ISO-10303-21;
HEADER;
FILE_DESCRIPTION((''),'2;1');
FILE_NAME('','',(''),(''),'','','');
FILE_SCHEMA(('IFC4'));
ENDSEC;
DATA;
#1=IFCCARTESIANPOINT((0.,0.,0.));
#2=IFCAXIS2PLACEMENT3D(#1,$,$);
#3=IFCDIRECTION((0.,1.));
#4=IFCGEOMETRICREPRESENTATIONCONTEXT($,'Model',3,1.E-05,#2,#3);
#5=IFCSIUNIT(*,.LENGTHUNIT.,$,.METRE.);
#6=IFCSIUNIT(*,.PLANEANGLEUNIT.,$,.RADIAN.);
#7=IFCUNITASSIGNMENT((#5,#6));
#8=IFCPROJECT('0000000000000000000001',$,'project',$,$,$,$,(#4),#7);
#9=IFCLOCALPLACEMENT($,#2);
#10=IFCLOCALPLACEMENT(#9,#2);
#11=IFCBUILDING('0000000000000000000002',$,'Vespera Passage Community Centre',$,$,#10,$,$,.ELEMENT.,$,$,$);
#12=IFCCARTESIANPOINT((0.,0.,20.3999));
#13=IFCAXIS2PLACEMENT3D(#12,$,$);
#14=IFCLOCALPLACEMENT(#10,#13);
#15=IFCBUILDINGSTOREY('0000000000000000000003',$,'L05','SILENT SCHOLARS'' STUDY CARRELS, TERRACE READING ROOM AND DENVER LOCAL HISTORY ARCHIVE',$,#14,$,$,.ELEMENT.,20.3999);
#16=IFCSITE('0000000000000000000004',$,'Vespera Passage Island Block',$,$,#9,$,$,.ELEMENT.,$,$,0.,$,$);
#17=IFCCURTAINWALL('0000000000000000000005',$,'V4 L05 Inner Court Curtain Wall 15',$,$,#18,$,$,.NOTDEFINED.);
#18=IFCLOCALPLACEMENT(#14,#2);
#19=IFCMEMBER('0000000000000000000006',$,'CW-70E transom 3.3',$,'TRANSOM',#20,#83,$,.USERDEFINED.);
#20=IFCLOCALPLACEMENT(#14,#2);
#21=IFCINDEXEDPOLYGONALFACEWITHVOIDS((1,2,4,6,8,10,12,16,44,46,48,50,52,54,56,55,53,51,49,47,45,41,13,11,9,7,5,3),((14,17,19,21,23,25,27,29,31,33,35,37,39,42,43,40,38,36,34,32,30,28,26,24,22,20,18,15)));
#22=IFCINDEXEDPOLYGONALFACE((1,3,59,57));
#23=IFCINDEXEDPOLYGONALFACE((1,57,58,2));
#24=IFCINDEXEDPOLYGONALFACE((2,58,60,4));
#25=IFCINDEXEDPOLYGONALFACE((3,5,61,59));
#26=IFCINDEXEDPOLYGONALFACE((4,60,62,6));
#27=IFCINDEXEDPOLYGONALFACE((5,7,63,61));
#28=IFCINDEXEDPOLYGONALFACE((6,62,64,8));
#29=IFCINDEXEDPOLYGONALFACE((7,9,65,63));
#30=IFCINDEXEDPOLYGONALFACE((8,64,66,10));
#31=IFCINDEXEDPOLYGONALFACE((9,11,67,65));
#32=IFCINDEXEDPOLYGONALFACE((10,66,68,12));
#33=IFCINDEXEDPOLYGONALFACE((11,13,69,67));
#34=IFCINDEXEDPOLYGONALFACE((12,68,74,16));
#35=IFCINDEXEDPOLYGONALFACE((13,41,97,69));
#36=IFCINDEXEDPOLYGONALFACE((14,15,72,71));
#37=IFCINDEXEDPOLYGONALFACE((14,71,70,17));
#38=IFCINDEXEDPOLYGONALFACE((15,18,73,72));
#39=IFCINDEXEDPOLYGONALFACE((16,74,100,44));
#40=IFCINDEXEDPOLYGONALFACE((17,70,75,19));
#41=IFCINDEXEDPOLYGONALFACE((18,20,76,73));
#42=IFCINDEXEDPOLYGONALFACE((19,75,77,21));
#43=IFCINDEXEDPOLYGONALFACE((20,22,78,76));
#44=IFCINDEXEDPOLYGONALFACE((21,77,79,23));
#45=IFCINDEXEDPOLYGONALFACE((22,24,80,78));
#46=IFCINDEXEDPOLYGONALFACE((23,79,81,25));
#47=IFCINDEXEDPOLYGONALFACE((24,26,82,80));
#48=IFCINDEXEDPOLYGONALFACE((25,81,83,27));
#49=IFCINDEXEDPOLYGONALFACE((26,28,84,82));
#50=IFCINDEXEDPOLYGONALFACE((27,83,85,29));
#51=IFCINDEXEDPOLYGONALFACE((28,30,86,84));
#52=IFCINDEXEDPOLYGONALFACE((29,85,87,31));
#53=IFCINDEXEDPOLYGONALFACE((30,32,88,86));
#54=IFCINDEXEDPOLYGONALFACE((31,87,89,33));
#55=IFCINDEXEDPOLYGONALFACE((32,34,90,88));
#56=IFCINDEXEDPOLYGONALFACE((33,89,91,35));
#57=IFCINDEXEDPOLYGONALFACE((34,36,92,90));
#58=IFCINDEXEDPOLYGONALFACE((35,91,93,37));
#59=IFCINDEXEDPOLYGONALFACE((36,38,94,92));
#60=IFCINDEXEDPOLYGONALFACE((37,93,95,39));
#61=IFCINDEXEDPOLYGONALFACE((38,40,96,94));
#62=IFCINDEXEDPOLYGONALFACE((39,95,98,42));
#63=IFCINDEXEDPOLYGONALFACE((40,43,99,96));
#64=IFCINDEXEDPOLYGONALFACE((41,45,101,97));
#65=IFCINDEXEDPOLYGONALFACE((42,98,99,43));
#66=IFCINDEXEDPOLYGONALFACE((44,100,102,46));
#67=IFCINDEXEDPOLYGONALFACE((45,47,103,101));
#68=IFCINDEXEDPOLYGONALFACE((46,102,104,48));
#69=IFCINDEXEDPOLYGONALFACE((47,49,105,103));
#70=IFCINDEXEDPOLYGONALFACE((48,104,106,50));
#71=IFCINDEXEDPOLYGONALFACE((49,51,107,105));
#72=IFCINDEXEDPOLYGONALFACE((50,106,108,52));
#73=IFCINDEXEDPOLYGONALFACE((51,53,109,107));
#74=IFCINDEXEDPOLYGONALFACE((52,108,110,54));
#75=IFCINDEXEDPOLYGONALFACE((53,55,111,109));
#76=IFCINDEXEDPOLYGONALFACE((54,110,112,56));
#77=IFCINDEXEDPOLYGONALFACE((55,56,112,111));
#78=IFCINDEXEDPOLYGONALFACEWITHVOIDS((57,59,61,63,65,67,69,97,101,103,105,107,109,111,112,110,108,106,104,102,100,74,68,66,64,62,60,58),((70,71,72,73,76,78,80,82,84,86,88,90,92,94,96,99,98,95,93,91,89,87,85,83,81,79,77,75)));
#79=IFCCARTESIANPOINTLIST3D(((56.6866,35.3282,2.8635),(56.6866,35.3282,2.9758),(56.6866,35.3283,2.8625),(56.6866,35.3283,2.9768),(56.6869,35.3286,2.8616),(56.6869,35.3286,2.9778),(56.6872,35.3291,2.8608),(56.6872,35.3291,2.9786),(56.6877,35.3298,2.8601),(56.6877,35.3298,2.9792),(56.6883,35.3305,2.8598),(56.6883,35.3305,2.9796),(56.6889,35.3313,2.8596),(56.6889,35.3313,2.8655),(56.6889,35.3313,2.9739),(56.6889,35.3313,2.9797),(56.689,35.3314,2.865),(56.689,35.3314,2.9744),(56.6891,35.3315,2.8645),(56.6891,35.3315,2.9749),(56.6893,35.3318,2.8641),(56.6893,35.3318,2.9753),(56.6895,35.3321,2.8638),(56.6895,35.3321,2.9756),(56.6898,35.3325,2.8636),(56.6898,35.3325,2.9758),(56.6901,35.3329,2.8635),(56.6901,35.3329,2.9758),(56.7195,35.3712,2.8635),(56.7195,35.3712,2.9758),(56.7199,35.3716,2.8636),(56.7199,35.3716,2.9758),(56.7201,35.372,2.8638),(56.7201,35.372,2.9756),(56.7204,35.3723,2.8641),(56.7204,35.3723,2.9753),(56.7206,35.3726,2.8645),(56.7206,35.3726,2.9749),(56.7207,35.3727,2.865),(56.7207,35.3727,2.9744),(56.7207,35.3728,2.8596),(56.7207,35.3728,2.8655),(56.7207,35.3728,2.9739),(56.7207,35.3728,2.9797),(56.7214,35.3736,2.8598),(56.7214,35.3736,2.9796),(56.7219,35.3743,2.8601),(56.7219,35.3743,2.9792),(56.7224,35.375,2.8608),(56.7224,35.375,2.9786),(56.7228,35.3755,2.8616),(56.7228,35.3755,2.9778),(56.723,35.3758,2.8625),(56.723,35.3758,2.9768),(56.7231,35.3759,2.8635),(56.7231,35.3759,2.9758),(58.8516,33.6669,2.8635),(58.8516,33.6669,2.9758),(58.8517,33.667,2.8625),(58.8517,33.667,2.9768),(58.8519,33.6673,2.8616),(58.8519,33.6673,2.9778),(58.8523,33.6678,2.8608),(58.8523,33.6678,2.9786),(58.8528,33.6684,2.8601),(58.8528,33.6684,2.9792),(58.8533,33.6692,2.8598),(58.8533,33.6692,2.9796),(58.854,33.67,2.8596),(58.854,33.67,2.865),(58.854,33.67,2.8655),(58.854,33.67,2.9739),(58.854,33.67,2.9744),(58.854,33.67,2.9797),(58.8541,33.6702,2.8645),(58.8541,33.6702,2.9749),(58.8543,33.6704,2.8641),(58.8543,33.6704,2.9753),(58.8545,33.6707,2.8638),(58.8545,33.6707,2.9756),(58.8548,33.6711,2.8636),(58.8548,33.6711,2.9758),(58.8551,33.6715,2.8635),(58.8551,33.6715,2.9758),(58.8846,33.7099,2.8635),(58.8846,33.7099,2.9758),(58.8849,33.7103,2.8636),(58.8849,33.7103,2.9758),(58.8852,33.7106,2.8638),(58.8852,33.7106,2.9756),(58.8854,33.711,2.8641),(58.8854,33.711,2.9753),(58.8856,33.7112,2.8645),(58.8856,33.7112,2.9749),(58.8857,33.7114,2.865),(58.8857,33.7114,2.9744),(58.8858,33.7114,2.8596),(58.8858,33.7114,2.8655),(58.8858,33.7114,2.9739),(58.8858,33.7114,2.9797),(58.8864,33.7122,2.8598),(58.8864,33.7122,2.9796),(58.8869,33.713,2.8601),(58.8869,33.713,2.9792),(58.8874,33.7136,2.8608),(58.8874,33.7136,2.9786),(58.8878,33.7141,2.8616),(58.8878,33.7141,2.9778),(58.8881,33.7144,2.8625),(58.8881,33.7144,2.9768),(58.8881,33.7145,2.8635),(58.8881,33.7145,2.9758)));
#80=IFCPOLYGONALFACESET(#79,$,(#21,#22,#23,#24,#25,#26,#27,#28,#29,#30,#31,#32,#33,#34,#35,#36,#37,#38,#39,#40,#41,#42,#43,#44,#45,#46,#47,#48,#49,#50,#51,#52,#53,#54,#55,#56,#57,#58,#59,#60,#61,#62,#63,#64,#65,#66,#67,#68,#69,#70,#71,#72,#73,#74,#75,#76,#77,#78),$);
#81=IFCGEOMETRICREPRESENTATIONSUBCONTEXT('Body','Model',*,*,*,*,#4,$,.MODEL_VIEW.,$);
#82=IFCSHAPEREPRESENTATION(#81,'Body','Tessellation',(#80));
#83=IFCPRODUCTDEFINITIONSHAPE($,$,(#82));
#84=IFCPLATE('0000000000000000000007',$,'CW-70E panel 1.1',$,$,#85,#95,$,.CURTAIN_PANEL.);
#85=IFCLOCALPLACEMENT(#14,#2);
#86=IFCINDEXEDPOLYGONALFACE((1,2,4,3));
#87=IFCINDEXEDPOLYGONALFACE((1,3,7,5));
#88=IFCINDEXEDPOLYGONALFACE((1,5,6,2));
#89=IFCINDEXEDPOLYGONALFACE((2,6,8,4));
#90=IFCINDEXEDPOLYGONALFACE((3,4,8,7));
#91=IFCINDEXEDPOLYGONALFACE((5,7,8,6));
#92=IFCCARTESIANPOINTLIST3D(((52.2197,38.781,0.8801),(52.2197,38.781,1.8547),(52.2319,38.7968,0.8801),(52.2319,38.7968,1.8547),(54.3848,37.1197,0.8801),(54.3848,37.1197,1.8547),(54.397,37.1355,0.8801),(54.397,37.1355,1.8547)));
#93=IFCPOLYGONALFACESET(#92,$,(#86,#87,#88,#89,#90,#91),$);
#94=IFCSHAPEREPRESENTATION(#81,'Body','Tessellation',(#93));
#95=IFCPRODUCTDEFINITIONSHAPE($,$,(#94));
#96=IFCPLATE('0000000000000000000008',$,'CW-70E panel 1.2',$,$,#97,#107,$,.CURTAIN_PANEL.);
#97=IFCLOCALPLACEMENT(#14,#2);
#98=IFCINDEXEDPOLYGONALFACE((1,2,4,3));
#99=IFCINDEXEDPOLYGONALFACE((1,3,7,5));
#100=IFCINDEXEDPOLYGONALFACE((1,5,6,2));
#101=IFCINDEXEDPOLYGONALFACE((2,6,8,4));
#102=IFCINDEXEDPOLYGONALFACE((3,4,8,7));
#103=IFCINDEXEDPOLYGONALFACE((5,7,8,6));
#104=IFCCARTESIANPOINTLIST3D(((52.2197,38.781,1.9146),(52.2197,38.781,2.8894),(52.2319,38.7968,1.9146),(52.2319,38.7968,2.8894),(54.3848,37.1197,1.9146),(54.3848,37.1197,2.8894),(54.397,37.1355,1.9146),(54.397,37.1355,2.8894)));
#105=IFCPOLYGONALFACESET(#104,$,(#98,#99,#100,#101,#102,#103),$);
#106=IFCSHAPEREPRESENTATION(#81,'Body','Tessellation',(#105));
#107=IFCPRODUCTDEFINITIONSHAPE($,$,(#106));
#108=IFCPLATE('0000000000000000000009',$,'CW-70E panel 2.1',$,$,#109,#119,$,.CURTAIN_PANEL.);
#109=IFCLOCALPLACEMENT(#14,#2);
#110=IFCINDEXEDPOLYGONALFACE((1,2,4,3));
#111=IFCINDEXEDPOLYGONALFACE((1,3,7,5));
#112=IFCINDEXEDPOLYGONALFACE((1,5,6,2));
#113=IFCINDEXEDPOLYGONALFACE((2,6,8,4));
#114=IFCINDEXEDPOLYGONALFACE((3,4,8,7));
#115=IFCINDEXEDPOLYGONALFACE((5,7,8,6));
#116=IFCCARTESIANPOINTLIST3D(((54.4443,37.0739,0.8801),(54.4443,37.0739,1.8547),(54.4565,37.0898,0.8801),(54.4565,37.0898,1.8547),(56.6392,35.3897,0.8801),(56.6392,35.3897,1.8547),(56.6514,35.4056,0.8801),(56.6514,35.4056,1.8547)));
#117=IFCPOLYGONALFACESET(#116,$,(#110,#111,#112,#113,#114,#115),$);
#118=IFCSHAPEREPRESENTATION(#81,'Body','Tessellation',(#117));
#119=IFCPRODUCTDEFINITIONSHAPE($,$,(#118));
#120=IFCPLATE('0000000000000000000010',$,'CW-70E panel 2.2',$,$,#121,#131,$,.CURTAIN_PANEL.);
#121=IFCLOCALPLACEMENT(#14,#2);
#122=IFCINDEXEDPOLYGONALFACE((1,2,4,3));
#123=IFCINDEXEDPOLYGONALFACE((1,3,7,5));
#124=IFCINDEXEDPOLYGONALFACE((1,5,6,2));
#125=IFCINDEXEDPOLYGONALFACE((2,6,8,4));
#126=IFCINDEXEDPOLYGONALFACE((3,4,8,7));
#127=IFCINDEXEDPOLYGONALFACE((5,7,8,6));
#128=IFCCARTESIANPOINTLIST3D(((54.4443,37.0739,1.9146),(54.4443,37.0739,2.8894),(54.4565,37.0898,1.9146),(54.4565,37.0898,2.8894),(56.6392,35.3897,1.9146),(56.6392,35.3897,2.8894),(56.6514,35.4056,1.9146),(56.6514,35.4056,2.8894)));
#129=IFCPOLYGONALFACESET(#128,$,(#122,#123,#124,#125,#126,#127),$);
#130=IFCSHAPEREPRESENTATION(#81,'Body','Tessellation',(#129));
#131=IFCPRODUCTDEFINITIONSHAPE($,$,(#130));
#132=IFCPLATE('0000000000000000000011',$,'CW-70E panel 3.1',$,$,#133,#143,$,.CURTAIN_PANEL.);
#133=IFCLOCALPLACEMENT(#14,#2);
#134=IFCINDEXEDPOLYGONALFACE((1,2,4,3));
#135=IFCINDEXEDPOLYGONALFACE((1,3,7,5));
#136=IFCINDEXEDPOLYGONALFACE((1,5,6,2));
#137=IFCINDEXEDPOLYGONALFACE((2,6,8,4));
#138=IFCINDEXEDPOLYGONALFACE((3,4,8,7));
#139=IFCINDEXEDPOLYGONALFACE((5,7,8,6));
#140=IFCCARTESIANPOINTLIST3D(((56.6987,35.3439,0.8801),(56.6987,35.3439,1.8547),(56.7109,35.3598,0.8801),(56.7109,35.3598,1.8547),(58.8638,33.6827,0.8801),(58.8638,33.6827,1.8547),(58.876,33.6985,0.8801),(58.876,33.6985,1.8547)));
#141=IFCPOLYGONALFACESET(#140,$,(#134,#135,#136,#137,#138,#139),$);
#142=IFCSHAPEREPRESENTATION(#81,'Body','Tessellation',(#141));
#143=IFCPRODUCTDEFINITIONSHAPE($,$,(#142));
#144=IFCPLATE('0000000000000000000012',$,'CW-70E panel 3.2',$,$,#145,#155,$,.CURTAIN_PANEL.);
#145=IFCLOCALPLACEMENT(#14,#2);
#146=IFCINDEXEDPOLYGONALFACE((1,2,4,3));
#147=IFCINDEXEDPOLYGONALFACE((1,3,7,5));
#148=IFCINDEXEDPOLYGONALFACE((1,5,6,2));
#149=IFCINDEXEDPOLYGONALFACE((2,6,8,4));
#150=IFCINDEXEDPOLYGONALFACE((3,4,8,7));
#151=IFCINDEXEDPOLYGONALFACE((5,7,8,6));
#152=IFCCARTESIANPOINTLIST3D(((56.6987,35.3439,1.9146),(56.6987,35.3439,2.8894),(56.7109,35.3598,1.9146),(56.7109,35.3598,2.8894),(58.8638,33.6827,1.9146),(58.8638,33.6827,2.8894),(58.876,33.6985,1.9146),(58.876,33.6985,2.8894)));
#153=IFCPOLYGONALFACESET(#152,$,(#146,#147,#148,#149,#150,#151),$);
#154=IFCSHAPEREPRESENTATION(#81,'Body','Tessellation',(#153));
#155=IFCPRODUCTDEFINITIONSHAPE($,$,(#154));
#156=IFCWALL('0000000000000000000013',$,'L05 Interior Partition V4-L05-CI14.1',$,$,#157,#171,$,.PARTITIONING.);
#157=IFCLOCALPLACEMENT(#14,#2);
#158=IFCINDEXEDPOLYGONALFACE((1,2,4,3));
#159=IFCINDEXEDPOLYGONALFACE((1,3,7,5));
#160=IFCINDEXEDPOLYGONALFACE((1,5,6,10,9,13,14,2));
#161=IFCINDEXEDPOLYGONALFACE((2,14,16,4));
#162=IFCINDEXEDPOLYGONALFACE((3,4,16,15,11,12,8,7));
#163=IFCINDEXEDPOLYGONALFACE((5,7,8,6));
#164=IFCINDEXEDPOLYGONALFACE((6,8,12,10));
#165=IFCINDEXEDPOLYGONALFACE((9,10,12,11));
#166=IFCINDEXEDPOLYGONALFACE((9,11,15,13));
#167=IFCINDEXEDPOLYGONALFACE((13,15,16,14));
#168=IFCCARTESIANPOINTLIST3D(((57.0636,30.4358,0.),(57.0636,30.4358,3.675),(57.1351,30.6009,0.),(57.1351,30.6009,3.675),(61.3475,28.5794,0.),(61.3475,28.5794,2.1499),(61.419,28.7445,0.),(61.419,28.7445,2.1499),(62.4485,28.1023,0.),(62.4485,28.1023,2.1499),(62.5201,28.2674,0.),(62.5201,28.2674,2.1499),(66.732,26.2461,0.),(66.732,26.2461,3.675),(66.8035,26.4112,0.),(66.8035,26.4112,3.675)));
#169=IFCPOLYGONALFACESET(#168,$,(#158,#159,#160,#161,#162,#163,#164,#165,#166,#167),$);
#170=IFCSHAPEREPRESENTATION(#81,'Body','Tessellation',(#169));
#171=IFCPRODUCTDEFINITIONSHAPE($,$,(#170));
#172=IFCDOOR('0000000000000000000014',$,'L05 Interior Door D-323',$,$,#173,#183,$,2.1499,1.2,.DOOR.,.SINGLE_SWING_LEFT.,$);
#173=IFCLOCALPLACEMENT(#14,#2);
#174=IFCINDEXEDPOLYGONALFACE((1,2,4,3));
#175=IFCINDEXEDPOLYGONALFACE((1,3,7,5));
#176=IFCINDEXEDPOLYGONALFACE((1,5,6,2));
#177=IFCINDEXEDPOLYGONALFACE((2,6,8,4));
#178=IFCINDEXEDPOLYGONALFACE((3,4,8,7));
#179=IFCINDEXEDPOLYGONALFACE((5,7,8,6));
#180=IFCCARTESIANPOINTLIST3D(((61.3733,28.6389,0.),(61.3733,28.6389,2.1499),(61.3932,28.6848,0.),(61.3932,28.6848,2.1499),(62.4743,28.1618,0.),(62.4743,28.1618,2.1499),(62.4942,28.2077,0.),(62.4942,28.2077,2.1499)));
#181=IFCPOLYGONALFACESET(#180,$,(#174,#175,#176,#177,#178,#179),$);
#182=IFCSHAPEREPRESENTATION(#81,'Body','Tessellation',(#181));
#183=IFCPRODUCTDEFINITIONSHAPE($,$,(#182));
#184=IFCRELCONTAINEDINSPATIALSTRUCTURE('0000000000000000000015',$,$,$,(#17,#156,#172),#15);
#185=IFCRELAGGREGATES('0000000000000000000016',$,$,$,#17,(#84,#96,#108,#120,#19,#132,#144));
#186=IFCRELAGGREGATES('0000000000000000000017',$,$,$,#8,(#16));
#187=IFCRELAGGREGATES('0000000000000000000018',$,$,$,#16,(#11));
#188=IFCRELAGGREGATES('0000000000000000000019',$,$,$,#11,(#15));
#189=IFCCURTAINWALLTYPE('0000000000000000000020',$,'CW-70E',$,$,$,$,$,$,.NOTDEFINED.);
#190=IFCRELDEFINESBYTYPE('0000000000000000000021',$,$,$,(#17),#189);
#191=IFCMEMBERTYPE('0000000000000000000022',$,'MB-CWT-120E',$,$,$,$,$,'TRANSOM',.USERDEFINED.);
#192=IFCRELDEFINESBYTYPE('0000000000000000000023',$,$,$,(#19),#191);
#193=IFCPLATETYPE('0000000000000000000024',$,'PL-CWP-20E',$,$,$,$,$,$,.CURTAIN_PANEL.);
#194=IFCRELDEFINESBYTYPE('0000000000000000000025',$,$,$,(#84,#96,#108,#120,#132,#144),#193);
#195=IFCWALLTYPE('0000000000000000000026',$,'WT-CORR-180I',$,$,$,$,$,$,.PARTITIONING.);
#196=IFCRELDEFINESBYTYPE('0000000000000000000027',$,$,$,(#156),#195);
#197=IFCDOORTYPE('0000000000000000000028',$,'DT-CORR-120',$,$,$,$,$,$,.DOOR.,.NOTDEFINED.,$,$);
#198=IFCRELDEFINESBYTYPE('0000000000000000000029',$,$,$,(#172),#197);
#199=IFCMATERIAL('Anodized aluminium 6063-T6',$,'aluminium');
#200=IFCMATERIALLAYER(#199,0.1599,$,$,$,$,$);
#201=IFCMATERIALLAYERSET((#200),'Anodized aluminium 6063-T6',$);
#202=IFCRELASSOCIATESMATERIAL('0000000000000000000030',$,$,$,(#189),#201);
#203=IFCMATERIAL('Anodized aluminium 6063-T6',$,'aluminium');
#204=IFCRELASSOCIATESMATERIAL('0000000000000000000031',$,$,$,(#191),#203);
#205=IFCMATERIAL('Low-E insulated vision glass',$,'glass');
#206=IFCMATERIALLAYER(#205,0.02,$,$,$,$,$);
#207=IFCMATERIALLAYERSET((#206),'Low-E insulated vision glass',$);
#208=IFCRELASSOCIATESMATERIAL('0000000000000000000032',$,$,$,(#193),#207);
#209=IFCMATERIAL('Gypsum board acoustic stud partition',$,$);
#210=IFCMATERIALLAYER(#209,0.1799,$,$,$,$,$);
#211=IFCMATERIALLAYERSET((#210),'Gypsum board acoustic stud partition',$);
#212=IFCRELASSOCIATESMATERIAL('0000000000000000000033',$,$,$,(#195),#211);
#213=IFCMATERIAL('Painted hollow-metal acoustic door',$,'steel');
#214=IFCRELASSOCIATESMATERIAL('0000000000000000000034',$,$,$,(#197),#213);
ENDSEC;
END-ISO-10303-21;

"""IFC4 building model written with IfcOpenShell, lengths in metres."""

from ifc_helpers import new_model, si_unit, direction, frame, frame_2d, origin, origin_2d, place, context, subcontext, project, spatial, rectangle, hollow_rectangle, extrude, material, layer, layer_set, material_profile, profile_set, type_object, element, fill, aggregate, save


model = new_model("IFC4")

# Units and contexts
model_context = context("Model", 3, precision=1e-05, world=origin(), true_north=direction((0.0, 1.0)))
body_context = subcontext(model_context, "Body", "Model", "MODEL_VIEW")
ifc_project = project(units=[si_unit("LENGTHUNIT", "METRE"), si_unit("PLANEANGLEUNIT", "RADIAN")], contexts=[model_context])

# Site, building, storey
site_placement = place(None, origin())
site = spatial("IfcSite", under=ifc_project, at=site_placement, Name="Vespera Passage Island Block", CompositionType="ELEMENT", RefElevation=0.0)
building_placement = place(site_placement, origin())
building = spatial("IfcBuilding", under=site, at=building_placement, Name="Vespera Passage Community Centre", CompositionType="ELEMENT")
storey_placement = place(building_placement, frame((0.0, 0.0, 20.3999)))
storey = spatial("IfcBuildingStorey", under=building, at=storey_placement, Name="L05", Description="SILENT SCHOLARS' STUDY CARRELS, TERRACE READING ROOM AND DENVER LOCAL HISTORY ARCHIVE", CompositionType="ELEMENT", Elevation=20.3999)

# Curtain wall
ifc_material_1 = material(Name="Anodized aluminium 6063-T6", Category="aluminium")
ifc_layer_1 = layer(ifc_material_1, 0.1599)
ifc_layer_set_1 = layer_set([ifc_layer_1], Name="Anodized aluminium 6063-T6")
curtain_wall_type_1 = type_object("IfcCurtainWallType", Name="CW-70E", PredefinedType="NOTDEFINED", material=ifc_layer_set_1)
curtain_wall_1_placement = place(storey_placement, origin())
curtain_wall_1 = element("IfcCurtainWall", 1, at=curtain_wall_1_placement, inside=storey, type_object=curtain_wall_type_1, Name="V4 L05 Inner Court Curtain Wall 15", PredefinedType="NOTDEFINED")

# Member
ifc_material_2 = material(Name="Anodized aluminium 6063-T6", Category="aluminium")
ifc_material_profile_1 = material_profile(ifc_material_2, hollow_rectangle(XDim=0.0601, YDim=0.1201, WallThickness=0.0039, InnerFilletRadius=0.002, OuterFilletRadius=0.0039, at=origin_2d()), Name="ALU120X60X4")
ifc_profile_set_1 = profile_set([ifc_material_profile_1], Name="Anodized aluminium 6063-T6")
member_type_1 = type_object("IfcMemberType", Name="MB-CWT-120E", ElementType="TRANSOM", PredefinedType="USERDEFINED", material=ifc_profile_set_1)
member_1_placement = place(storey_placement, frame((56.7048, 35.3521, 2.9197), z_axis=(0.793338, -0.608781, 0.0), x_axis=(0.608781, 0.793338, 0.0)))
member_1 = element("IfcMember", 2, at=member_1_placement, type_object=member_type_1, Name="CW-70E transom 3.3", ObjectType="TRANSOM", PredefinedType="USERDEFINED", context=body_context, shape_type="SweptSolid", body=[
    extrude(hollow_rectangle(XDim=0.0601, YDim=0.1201, WallThickness=0.0039, InnerFilletRadius=0.002, OuterFilletRadius=0.0039, at=origin_2d()), origin(), (0.0, 0.0, 1.0), 2.729),
])

# Plates
ifc_material_3 = material(Name="Low-E insulated vision glass", Category="glass")
ifc_layer_2 = layer(ifc_material_3, 0.02)
ifc_layer_set_2 = layer_set([ifc_layer_2], Name="Low-E insulated vision glass")
plate_type = type_object("IfcPlateType", Name="PL-CWP-20E", PredefinedType="CURTAIN_PANEL", material=ifc_layer_set_2)
plate_1_placement = place(storey_placement, frame((53.3083, 37.9583, 0.8801), z_axis=(0.0, 0.0, 1.0), x_axis=(0.793358, -0.608755, 0.0)))
plate_1 = element("IfcPlate", 3, at=plate_1_placement, type_object=plate_type, Name="CW-70E panel 1.1", PredefinedType="CURTAIN_PANEL", context=body_context, shape_type="SweptSolid", body=[
    extrude(rectangle(XDim=2.729, YDim=0.02, at=origin_2d()), origin(), (0.0, 0.0, 1.0), 0.9746),
])
plate_2_placement = place(storey_placement, frame((53.3083, 37.9583, 1.9146), z_axis=(0.0, 0.0, 1.0), x_axis=(0.793358, -0.608755, 0.0)))
plate_2 = element("IfcPlate", 4, at=plate_2_placement, type_object=plate_type, Name="CW-70E panel 1.2", PredefinedType="CURTAIN_PANEL", context=body_context, shape_type="SweptSolid", body=[
    extrude(rectangle(XDim=2.729, YDim=0.02, at=origin_2d()), origin(), (0.0, 0.0, 1.0), 0.9749),
])
plate_3_placement = place(storey_placement, frame((55.5479, 36.2397, 0.8801), z_axis=(0.0, 0.0, 1.0), x_axis=(0.793358, -0.608755, 0.0)))
plate_3 = element("IfcPlate", 5, at=plate_3_placement, type_object=plate_type, Name="CW-70E panel 2.1", PredefinedType="CURTAIN_PANEL", context=body_context, shape_type="SweptSolid", body=[
    extrude(rectangle(XDim=2.7666, YDim=0.02, at=origin_2d()), origin(), (0.0, 0.0, 1.0), 0.9746),
])
plate_4_placement = place(storey_placement, frame((55.5479, 36.2397, 1.9146), z_axis=(0.0, 0.0, 1.0), x_axis=(0.793358, -0.608755, 0.0)))
plate_4 = element("IfcPlate", 6, at=plate_4_placement, type_object=plate_type, Name="CW-70E panel 2.2", PredefinedType="CURTAIN_PANEL", context=body_context, shape_type="SweptSolid", body=[
    extrude(rectangle(XDim=2.7666, YDim=0.02, at=origin_2d()), origin(), (0.0, 0.0, 1.0), 0.9749),
])
plate_5_placement = place(storey_placement, frame((57.7874, 34.5212, 0.8801), z_axis=(0.0, 0.0, 1.0), x_axis=(0.793358, -0.608755, 0.0)))
plate_5 = element("IfcPlate", 7, at=plate_5_placement, type_object=plate_type, Name="CW-70E panel 3.1", PredefinedType="CURTAIN_PANEL", context=body_context, shape_type="SweptSolid", body=[
    extrude(rectangle(XDim=2.729, YDim=0.02, at=origin_2d()), origin(), (0.0, 0.0, 1.0), 0.9746),
])
plate_6_placement = place(storey_placement, frame((57.7874, 34.5212, 1.9146), z_axis=(0.0, 0.0, 1.0), x_axis=(0.793358, -0.608755, 0.0)))
plate_6 = element("IfcPlate", 8, at=plate_6_placement, type_object=plate_type, Name="CW-70E panel 3.2", PredefinedType="CURTAIN_PANEL", context=body_context, shape_type="SweptSolid", body=[
    extrude(rectangle(XDim=2.729, YDim=0.02, at=origin_2d()), origin(), (0.0, 0.0, 1.0), 0.9749),
])
aggregate(curtain_wall_1, [plate_1, plate_2, plate_3, plate_4, member_1, plate_5, plate_6])

# Wall, opening, door
ifc_material_4 = material(Name="Gypsum board acoustic stud partition")
ifc_layer_3 = layer(ifc_material_4, 0.1799)
ifc_layer_set_3 = layer_set([ifc_layer_3], Name="Gypsum board acoustic stud partition")
wall_type_1 = type_object("IfcWallType", Name="WT-CORR-180I", PredefinedType="PARTITIONING", material=ifc_layer_set_3)
wall_1_placement = place(storey_placement, frame((57.0994, 30.5183, 0.0), z_axis=(0.0, 0.0, 1.0), x_axis=(0.917554, -0.39761, 0.0)))
wall_1 = element("IfcWall", 9, at=wall_1_placement, inside=storey, type_object=wall_type_1, Name="L05 Interior Partition V4-L05-CI14.1", PredefinedType="PARTITIONING", context=body_context, shape_type="SweptSolid", body=[
    extrude(rectangle(XDim=10.5371, YDim=0.1799, at=frame_2d((5.2686, 0.0))), origin(), (0.0, 0.0, 1.0), 3.675),
])
opening_placement = place(wall_1_placement, frame((4.6687, 0.0, 0.0)))
opening = element("IfcOpeningElement", 10, at=opening_placement, cuts=wall_1, PredefinedType="OPENING", context=body_context, shape_type="SweptSolid", body=[
    extrude(rectangle(XDim=1.2, YDim=2.1499, at=frame_2d((0.6001, 1.075))), frame((0.0, 0.0999, 0.0), z_axis=(0.0, -1.0, 0.0), x_axis=(1.0, 0.0, 0.0)), (0.0, 0.0, 1.0), 0.2),
])
ifc_material_5 = material(Name="Painted hollow-metal acoustic door", Category="steel")
door_type = type_object("IfcDoorType", Name="DT-CORR-120", OperationType="NOTDEFINED", PredefinedType="DOOR", material=ifc_material_5)
door_placement = place(opening_placement, origin())
door = element("IfcDoor", 11, at=door_placement, inside=storey, type_object=door_type, Name="L05 Interior Door D-323", OperationType="SINGLE_SWING_LEFT", OverallHeight=2.1499, OverallWidth=1.2, PredefinedType="DOOR", context=body_context, shape_type="SweptSolid", body=[
    extrude(rectangle(XDim=1.2, YDim=2.1499, at=frame_2d((0.6001, 1.075))), frame((0.0, 0.0249, 0.0), z_axis=(0.0, -1.0, 0.0), x_axis=(1.0, 0.0, 0.0)), (0.0, 0.0, 1.0), 0.05),
])
fill(opening, door)

save(model, "model.ifc")
